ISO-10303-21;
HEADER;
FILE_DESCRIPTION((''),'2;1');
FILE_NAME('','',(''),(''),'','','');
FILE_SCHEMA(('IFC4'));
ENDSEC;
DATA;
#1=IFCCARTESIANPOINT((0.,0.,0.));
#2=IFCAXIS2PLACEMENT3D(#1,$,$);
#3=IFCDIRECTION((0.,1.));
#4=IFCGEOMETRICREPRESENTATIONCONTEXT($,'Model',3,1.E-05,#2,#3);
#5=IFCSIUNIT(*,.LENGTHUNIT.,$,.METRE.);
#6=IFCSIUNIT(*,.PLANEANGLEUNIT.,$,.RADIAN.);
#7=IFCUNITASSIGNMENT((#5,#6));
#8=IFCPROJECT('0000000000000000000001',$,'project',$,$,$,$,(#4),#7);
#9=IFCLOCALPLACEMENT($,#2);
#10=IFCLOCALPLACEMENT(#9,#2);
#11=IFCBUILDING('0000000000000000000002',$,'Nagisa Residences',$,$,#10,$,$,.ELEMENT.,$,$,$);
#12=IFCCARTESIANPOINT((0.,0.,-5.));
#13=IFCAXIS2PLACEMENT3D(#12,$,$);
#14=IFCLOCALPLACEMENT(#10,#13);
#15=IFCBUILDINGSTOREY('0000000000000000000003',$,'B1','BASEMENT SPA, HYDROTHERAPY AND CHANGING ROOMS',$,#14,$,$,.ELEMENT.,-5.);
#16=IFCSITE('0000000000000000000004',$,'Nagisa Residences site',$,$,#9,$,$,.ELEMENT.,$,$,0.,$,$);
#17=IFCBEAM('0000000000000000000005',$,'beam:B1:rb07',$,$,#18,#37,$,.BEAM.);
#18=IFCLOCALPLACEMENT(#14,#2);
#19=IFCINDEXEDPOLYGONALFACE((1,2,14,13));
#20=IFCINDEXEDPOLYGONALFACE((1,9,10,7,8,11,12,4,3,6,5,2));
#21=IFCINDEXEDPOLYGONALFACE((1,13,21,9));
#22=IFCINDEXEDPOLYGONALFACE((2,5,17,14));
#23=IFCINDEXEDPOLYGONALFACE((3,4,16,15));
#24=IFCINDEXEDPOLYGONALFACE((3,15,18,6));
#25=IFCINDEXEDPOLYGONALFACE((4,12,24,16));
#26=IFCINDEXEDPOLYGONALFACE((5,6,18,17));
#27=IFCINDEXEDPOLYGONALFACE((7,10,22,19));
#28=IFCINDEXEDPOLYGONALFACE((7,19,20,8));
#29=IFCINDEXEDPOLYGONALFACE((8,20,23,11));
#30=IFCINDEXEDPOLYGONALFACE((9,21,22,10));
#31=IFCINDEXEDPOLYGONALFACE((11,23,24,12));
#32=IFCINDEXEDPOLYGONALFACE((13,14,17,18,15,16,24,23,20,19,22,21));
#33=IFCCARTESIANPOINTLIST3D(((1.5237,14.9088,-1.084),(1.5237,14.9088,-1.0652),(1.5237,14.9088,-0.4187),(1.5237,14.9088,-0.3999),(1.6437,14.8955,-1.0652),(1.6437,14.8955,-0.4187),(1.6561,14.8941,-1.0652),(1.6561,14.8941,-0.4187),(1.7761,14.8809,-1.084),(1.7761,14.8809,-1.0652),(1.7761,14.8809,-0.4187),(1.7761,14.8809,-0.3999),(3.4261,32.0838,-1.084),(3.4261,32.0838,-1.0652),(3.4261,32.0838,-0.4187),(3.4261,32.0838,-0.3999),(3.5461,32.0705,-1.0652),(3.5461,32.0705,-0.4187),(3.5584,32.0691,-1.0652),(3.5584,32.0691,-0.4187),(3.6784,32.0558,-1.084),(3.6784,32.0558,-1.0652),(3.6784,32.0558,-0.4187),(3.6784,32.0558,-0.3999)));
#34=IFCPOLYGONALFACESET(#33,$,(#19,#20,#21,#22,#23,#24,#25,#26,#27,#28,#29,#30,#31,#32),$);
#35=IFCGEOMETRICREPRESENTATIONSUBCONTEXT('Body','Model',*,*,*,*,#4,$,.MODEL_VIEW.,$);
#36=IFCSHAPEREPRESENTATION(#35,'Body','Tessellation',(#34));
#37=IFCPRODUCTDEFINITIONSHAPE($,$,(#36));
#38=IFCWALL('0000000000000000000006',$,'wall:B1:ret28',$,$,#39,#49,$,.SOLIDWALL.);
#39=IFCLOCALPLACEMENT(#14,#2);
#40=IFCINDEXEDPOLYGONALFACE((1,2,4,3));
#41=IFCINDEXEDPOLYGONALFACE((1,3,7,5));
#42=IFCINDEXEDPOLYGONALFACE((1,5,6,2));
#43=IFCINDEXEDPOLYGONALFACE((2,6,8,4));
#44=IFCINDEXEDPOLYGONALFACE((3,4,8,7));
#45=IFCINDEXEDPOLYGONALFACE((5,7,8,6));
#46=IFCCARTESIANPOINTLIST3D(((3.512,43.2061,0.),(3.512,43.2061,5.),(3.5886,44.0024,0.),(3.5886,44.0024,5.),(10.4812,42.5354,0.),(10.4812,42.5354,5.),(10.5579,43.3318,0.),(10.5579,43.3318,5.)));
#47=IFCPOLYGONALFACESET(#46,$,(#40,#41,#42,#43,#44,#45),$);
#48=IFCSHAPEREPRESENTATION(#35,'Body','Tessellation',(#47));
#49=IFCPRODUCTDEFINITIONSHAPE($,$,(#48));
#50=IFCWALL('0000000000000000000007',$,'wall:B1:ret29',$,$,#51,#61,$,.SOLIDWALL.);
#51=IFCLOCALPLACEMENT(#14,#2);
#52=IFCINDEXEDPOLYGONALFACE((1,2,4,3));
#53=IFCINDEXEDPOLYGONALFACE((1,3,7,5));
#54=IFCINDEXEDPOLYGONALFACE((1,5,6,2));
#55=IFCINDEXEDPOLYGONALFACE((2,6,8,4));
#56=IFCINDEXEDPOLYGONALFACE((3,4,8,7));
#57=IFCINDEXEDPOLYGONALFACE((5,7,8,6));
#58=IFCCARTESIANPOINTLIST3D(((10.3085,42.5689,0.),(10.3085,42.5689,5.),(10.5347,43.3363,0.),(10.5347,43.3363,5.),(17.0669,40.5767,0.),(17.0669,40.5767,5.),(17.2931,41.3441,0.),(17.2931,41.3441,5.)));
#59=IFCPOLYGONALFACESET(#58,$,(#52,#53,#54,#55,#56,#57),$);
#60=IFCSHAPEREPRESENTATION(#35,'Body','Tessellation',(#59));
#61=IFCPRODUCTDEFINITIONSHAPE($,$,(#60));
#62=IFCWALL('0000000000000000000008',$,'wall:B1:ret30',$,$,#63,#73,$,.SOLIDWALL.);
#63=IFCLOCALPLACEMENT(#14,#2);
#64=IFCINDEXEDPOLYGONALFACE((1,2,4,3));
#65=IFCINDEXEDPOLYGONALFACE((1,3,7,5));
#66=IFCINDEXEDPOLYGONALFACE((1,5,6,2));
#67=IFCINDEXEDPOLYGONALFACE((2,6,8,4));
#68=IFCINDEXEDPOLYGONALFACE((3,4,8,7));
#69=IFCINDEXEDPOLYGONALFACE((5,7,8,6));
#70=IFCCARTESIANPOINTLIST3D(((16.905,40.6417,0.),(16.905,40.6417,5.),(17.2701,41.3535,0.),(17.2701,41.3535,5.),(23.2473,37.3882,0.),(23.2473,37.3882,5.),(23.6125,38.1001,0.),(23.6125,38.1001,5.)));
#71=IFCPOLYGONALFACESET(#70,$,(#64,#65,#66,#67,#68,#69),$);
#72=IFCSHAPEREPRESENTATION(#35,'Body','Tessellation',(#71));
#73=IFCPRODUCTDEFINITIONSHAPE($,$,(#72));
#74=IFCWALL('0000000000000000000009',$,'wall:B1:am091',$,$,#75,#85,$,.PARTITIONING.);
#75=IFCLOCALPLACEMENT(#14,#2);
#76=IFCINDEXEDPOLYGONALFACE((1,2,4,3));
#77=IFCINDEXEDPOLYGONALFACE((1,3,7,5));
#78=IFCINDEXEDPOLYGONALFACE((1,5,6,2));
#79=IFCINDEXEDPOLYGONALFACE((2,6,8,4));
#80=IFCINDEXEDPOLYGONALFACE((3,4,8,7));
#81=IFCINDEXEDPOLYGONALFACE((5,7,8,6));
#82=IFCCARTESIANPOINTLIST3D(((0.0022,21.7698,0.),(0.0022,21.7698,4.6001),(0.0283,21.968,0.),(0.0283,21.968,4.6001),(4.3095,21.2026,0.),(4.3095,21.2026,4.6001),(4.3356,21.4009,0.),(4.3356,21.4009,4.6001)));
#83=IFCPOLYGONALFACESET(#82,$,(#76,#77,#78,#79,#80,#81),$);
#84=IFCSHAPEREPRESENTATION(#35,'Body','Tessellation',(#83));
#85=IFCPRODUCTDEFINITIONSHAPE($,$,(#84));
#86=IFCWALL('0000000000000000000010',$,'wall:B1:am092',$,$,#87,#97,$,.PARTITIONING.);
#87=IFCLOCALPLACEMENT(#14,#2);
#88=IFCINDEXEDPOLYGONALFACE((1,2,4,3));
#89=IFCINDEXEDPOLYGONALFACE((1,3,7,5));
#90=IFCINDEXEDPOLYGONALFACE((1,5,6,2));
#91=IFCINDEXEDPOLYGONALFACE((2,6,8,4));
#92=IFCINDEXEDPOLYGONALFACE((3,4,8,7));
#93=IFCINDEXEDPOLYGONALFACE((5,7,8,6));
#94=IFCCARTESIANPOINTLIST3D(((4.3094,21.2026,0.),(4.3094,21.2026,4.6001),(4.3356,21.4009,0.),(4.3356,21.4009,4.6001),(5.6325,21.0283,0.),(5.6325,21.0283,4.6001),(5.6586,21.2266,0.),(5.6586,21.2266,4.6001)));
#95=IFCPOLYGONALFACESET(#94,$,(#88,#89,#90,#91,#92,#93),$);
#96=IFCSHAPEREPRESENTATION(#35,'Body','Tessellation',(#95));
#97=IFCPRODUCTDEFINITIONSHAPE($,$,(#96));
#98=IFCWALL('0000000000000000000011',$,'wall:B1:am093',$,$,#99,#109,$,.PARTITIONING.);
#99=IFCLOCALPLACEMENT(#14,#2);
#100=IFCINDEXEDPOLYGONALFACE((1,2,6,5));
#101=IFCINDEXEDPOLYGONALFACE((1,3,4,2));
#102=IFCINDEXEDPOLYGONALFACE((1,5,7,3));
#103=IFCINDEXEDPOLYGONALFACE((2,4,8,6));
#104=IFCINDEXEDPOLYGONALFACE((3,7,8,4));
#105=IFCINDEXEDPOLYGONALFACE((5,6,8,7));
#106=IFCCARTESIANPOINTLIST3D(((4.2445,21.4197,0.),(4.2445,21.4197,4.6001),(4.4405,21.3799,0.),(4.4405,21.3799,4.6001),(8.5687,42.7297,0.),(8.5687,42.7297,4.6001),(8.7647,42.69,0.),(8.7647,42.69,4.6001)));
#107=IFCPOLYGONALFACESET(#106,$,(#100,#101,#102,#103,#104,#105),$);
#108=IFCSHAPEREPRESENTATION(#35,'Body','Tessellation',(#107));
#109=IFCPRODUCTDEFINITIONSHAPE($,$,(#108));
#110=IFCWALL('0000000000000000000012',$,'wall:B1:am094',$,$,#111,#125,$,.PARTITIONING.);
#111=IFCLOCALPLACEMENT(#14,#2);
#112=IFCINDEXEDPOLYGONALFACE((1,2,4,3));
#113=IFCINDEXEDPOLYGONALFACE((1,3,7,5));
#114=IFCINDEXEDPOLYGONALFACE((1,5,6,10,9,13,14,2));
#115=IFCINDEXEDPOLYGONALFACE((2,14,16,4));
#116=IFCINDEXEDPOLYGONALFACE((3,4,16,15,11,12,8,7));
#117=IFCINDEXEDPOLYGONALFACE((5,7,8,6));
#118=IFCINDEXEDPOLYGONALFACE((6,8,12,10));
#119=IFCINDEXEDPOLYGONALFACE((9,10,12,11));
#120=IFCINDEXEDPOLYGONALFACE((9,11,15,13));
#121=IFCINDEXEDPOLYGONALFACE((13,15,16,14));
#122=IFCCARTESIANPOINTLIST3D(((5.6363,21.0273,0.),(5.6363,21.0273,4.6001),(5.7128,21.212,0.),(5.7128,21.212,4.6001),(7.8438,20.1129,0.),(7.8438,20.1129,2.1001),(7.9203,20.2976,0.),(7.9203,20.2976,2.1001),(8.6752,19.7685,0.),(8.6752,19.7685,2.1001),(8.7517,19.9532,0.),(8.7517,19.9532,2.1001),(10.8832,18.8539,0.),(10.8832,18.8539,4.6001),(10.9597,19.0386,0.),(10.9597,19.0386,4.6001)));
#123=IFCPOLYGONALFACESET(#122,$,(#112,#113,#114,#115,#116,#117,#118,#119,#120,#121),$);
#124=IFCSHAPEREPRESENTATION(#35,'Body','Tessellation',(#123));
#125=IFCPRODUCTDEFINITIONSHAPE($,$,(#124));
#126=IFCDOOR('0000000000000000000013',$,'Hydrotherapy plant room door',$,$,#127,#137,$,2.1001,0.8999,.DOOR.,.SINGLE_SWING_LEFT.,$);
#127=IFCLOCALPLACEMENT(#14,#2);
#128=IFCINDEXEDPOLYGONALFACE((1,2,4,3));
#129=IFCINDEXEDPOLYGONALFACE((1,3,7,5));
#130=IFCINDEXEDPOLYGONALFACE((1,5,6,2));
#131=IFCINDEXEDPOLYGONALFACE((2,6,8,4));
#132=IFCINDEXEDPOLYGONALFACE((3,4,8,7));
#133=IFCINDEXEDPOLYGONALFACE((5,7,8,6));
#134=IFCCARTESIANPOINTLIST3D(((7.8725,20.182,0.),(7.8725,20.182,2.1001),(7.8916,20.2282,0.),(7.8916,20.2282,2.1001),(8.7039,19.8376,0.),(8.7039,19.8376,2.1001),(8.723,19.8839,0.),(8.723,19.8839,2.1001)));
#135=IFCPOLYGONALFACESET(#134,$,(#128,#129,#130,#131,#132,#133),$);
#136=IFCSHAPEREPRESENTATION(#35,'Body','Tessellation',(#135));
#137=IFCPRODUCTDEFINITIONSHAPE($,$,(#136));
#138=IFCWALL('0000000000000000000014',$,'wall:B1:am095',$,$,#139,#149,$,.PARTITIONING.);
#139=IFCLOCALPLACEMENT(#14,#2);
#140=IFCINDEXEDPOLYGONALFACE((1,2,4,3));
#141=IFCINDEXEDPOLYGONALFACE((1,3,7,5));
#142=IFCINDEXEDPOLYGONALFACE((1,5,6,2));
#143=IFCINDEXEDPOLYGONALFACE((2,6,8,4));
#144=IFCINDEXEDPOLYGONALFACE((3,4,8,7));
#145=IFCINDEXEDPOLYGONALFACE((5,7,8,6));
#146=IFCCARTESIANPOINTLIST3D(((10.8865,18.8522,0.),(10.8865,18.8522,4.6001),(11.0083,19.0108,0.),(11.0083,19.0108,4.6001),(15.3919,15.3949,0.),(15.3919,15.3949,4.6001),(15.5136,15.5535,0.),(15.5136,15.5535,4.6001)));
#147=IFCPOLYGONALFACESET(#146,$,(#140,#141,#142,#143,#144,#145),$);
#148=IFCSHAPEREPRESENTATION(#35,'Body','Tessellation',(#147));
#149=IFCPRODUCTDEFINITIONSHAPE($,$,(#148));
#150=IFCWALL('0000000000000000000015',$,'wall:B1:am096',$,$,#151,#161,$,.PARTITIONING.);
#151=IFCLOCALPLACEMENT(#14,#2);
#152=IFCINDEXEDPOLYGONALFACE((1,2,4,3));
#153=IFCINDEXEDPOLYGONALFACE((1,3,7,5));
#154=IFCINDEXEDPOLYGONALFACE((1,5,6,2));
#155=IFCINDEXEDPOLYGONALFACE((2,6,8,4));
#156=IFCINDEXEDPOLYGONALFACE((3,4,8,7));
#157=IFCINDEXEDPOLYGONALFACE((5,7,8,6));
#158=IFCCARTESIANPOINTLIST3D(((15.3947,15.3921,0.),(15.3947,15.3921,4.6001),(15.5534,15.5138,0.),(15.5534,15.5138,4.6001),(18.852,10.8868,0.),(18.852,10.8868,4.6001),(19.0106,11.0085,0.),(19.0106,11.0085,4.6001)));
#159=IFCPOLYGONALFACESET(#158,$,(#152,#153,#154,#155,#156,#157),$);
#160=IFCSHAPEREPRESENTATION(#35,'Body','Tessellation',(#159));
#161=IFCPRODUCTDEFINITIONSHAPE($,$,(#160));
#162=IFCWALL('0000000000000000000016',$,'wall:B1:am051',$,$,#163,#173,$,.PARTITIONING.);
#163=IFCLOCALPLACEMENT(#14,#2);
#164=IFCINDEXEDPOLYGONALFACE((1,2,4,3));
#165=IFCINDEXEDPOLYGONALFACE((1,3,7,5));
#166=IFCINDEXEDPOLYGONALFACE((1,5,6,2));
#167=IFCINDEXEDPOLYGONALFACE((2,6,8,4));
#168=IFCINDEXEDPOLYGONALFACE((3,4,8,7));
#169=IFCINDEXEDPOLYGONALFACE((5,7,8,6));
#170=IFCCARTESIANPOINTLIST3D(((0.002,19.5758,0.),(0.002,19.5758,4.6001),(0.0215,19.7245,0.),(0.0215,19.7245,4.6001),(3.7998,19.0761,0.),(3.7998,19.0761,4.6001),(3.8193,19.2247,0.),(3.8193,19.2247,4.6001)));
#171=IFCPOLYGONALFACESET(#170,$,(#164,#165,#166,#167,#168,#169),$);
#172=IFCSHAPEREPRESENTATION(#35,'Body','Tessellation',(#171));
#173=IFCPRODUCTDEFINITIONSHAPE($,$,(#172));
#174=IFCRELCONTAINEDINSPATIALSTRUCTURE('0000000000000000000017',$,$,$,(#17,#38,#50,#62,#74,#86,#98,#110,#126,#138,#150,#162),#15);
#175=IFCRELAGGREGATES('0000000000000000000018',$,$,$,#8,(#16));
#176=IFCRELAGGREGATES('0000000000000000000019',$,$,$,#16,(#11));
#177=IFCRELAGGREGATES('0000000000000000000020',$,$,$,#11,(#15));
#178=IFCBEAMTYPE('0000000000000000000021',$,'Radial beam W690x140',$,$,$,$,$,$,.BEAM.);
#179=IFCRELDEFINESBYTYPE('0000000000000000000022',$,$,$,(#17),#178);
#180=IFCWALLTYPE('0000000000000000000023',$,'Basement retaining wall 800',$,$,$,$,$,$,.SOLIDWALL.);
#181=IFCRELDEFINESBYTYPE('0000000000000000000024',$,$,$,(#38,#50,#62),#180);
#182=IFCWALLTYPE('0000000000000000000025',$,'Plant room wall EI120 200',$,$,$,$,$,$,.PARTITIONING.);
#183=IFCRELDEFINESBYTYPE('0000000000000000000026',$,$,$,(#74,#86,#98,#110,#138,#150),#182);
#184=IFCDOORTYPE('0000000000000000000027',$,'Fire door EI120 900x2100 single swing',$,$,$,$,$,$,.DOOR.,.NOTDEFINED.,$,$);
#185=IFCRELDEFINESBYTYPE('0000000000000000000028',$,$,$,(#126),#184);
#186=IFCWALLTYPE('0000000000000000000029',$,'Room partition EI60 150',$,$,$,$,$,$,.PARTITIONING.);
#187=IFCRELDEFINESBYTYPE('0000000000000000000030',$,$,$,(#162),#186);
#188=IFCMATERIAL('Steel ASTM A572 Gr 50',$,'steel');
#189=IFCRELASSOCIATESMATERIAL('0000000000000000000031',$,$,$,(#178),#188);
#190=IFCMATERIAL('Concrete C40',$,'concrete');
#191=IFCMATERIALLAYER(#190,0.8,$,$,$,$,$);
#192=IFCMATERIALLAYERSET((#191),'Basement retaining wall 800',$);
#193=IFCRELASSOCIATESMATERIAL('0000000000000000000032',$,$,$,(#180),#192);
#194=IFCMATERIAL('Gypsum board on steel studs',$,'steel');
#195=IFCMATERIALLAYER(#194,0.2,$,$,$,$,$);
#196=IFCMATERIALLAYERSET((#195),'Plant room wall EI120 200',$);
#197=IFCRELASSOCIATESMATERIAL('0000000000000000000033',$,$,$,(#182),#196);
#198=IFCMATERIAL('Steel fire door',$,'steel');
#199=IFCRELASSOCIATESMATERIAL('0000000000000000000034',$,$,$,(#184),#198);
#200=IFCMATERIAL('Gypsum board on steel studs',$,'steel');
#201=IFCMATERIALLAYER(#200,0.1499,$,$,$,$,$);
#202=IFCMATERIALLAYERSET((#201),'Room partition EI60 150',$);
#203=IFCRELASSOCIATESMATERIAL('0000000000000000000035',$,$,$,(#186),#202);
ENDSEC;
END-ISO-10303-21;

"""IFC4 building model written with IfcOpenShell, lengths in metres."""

from ifc_helpers import new_model, si_unit, direction, frame, frame_2d, origin, origin_2d, place, context, subcontext, project, spatial, rectangle, i_section, extrude, material, layer, layer_set, material_profile, profile_set, type_object, element, fill, save


model = new_model("IFC4")

# Units and contexts
model_context = context("Model", 3, precision=1e-05, world=origin(), true_north=direction((0.0, 1.0)))
body_context = subcontext(model_context, "Body", "Model", "MODEL_VIEW")
ifc_project = project(units=[si_unit("LENGTHUNIT", "METRE"), si_unit("PLANEANGLEUNIT", "RADIAN")], contexts=[model_context])

# Site, building, storey
site_placement = place(None, origin())
site = spatial("IfcSite", under=ifc_project, at=site_placement, Name="Nagisa Residences site", CompositionType="ELEMENT", RefElevation=0.0)
building_placement = place(site_placement, origin())
building = spatial("IfcBuilding", under=site, at=building_placement, Name="Nagisa Residences", CompositionType="ELEMENT")
storey_placement = place(building_placement, frame((0.0, 0.0, -5.0)))
storey = spatial("IfcBuildingStorey", under=building, at=storey_placement, Name="B1", Description="BASEMENT SPA, HYDROTHERAPY AND CHANGING ROOMS", CompositionType="ELEMENT", Elevation=-5.0)

# Beam
ifc_material_1 = material(Name="Steel ASTM A572 Gr 50", Category="steel")
ifc_material_profile_1 = material_profile(ifc_material_1, i_section(OverallWidth=0.2539, OverallDepth=0.6841, WebThickness=0.0125, FlangeThickness=0.0188, at=origin_2d()), Name="W690x140")
ifc_profile_set_1 = profile_set([ifc_material_profile_1], Name="Steel ASTM A572 Gr 50")
beam_type_1 = type_object("IfcBeamType", Name="Radial beam W690x140", PredefinedType="BEAM", material=ifc_profile_set_1)
beam_1_placement = place(storey_placement, frame((3.5522, 32.0698, -0.7419), z_axis=(-0.110089, -0.993922, 0.0), x_axis=(0.993922, -0.110089, 0.0)))
element("IfcBeam", 1, at=beam_1_placement, inside=storey, type_object=beam_type_1, Name="beam:B1:rb07", PredefinedType="BEAM", context=body_context, shape_type="SweptSolid", body=[
    extrude(i_section(OverallWidth=0.2539, OverallDepth=0.6841, WebThickness=0.0125, FlangeThickness=0.0188, at=origin_2d()), origin(), (0.0, 0.0, 1.0), 17.28),
])

# Walls
ifc_material_2 = material(Name="Concrete C40", Category="concrete")
ifc_layer_1 = layer(ifc_material_2, 0.8)
ifc_layer_set_1 = layer_set([ifc_layer_1], Name="Basement retaining wall 800")
wall_type_1 = type_object("IfcWallType", Name="Basement retaining wall 800", PredefinedType="SOLIDWALL", material=ifc_layer_set_1)
wall_1_placement = place(storey_placement, frame((3.5503, 43.6042, 0.0), z_axis=(0.0, 0.0, 1.0), x_axis=(0.995402, -0.095788, 0.0)))
element("IfcWall", 2, at=wall_1_placement, inside=storey, type_object=wall_type_1, Name="wall:B1:ret28", PredefinedType="SOLIDWALL", context=body_context, shape_type="SweptSolid", body=[
    extrude(rectangle(XDim=7.0015, YDim=0.8, at=frame_2d((3.5007, 0.0))), origin(), (0.0, 0.0, 1.0), 5.0),
])
wall_2_placement = place(storey_placement, frame((10.4216, 42.9526, 0.0), z_axis=(0.0, 0.0, 1.0), x_axis=(0.959194, -0.282748, 0.0)))
element("IfcWall", 3, at=wall_2_placement, inside=storey, type_object=wall_type_1, Name="wall:B1:ret29", PredefinedType="SOLIDWALL", context=body_context, shape_type="SweptSolid", body=[
    extrude(rectangle(XDim=7.0459, YDim=0.8, at=frame_2d((3.5229, 0.0))), origin(), (0.0, 0.0, 1.0), 5.0),
])
wall_3_placement = place(storey_placement, frame((17.0876, 40.9976, 0.0), z_axis=(0.0, 0.0, 1.0), x_axis=(0.889763, -0.456424, 0.0)))
element("IfcWall", 4, at=wall_3_placement, inside=storey, type_object=wall_type_1, Name="wall:B1:ret30", PredefinedType="SOLIDWALL", context=body_context, shape_type="SweptSolid", body=[
    extrude(rectangle(XDim=7.1282, YDim=0.8, at=frame_2d((3.564, 0.0))), origin(), (0.0, 0.0, 1.0), 5.0),
])
ifc_material_3 = material(Name="Gypsum board on steel studs", Category="steel")
ifc_layer_2 = layer(ifc_material_3, 0.2)
ifc_layer_set_2 = layer_set([ifc_layer_2], Name="Plant room wall EI120 200")
wall_type_2 = type_object("IfcWallType", Name="Plant room wall EI120 200", PredefinedType="PARTITIONING", material=ifc_layer_set_2)
wall_4_placement = place(storey_placement, frame((0.0151, 21.8689, 0.0), z_axis=(0.0, 0.0, 1.0), x_axis=(0.991443, -0.13054, 0.0)))
element("IfcWall", 5, at=wall_4_placement, inside=storey, type_object=wall_type_2, Name="wall:B1:am091", PredefinedType="PARTITIONING", context=body_context, shape_type="SweptSolid", body=[
    extrude(rectangle(XDim=4.3445, YDim=0.2, at=frame_2d((2.1724, 0.0))), origin(), (0.0, 0.0, 1.0), 4.6001),
])
wall_5_placement = place(storey_placement, frame((4.3225, 21.3018, 0.0), z_axis=(0.0, 0.0, 1.0), x_axis=(0.991431, -0.13063, 0.0)))
element("IfcWall", 6, at=wall_5_placement, inside=storey, type_object=wall_type_2, Name="wall:B1:am092", PredefinedType="PARTITIONING", context=body_context, shape_type="SweptSolid", body=[
    extrude(rectangle(XDim=1.3345, YDim=0.2, at=frame_2d((0.6672, 0.0))), origin(), (0.0, 0.0, 1.0), 4.6001),
])
wall_6_placement = place(storey_placement, frame((4.3425, 21.3999, 0.0), z_axis=(0.0, 0.0, 1.0), x_axis=(0.198866, 0.980027, 0.0)))
element("IfcWall", 7, at=wall_6_placement, inside=storey, type_object=wall_type_2, Name="wall:B1:am093", PredefinedType="PARTITIONING", context=body_context, shape_type="SweptSolid", body=[
    extrude(rectangle(XDim=21.7444, YDim=0.2, at=frame_2d((10.8721, 0.0))), origin(), (0.0, 0.0, 1.0), 4.6001),
])

# Wall, opening, door
wall_7_placement = place(storey_placement, frame((5.6746, 21.1196, 0.0), z_axis=(0.0, 0.0, 1.0), x_axis=(0.923877, -0.382688, 0.0)))
wall_7 = element("IfcWall", 8, at=wall_7_placement, inside=storey, type_object=wall_type_2, Name="wall:B1:am094", PredefinedType="PARTITIONING", context=body_context, shape_type="SweptSolid", body=[
    extrude(rectangle(XDim=5.6792, YDim=0.2, at=frame_2d((2.8396, 0.0))), origin(), (0.0, 0.0, 1.0), 4.6001),
])
opening_placement = place(wall_7_placement, frame((2.3894, 0.0, 0.0)))
opening = element("IfcOpeningElement", 9, at=opening_placement, cuts=wall_7, PredefinedType="OPENING", context=body_context, shape_type="SweptSolid", body=[
    extrude(rectangle(XDim=0.8999, YDim=2.1001, at=frame_2d((0.45, 1.05))), frame((0.0, 0.1099, 0.0), z_axis=(0.0, -1.0, 0.0), x_axis=(1.0, 0.0, 0.0)), (0.0, 0.0, 1.0), 0.22),
])
ifc_material_4 = material(Name="Steel fire door", Category="steel")
door_type = type_object("IfcDoorType", Name="Fire door EI120 900x2100 single swing", OperationType="NOTDEFINED", PredefinedType="DOOR", material=ifc_material_4)
door_placement = place(opening_placement, origin())
door = element("IfcDoor", 10, at=door_placement, inside=storey, type_object=door_type, Name="Hydrotherapy plant room door", OperationType="SINGLE_SWING_LEFT", OverallHeight=2.1001, OverallWidth=0.8999, PredefinedType="DOOR", context=body_context, shape_type="SweptSolid", body=[
    extrude(rectangle(XDim=0.8999, YDim=2.1001, at=frame_2d((0.45, 1.05))), frame((0.0, 0.0249, 0.0), z_axis=(0.0, -1.0, 0.0), x_axis=(1.0, 0.0, 0.0)), (0.0, 0.0, 1.0), 0.05),
])
fill(opening, door)

# Walls
for number, where, z_axis, x_axis, name in (
    (11, (10.9475, 18.9314, 0.0), (0.0, 0.0, 1.0), (0.793338, -0.608782, 0.0), "wall:B1:am095"),
    (12, (15.4741, 15.4529, 0.0), (0.0, 0.0, 1.0), (0.608782, -0.793338, 0.0), "wall:B1:am096"),
):
    element("IfcWall", number, at=place(storey_placement, frame(where, z_axis=z_axis, x_axis=x_axis)), inside=storey, type_object=wall_type_2, Name=name, PredefinedType="PARTITIONING", context=body_context, shape_type="SweptSolid", body=[
        extrude(rectangle(XDim=5.679, YDim=0.2, at=frame_2d((2.8394, 0.0))), origin(), (0.0, 0.0, 1.0), 4.6001),
    ])
ifc_material_5 = material(Name="Gypsum board on steel studs", Category="steel")
ifc_layer_3 = layer(ifc_material_5, 0.1499)
ifc_layer_set_3 = layer_set([ifc_layer_3], Name="Room partition EI60 150")
wall_type_3 = type_object("IfcWallType", Name="Room partition EI60 150", PredefinedType="PARTITIONING", material=ifc_layer_set_3)
wall_8_placement = place(storey_placement, frame((3.8096, 19.1504, 0.0), z_axis=(0.0, 0.0, 1.0), x_axis=(-0.991453, 0.130464, 0.0)))
element("IfcWall", 13, at=wall_8_placement, inside=storey, type_object=wall_type_3, Name="wall:B1:am051", PredefinedType="PARTITIONING", context=body_context, shape_type="SweptSolid", body=[
    extrude(rectangle(XDim=3.8306, YDim=0.1499, at=frame_2d((1.9153, 0.0))), origin(), (0.0, 0.0, 1.0), 4.6001),
])

save(model, "model.ifc")
